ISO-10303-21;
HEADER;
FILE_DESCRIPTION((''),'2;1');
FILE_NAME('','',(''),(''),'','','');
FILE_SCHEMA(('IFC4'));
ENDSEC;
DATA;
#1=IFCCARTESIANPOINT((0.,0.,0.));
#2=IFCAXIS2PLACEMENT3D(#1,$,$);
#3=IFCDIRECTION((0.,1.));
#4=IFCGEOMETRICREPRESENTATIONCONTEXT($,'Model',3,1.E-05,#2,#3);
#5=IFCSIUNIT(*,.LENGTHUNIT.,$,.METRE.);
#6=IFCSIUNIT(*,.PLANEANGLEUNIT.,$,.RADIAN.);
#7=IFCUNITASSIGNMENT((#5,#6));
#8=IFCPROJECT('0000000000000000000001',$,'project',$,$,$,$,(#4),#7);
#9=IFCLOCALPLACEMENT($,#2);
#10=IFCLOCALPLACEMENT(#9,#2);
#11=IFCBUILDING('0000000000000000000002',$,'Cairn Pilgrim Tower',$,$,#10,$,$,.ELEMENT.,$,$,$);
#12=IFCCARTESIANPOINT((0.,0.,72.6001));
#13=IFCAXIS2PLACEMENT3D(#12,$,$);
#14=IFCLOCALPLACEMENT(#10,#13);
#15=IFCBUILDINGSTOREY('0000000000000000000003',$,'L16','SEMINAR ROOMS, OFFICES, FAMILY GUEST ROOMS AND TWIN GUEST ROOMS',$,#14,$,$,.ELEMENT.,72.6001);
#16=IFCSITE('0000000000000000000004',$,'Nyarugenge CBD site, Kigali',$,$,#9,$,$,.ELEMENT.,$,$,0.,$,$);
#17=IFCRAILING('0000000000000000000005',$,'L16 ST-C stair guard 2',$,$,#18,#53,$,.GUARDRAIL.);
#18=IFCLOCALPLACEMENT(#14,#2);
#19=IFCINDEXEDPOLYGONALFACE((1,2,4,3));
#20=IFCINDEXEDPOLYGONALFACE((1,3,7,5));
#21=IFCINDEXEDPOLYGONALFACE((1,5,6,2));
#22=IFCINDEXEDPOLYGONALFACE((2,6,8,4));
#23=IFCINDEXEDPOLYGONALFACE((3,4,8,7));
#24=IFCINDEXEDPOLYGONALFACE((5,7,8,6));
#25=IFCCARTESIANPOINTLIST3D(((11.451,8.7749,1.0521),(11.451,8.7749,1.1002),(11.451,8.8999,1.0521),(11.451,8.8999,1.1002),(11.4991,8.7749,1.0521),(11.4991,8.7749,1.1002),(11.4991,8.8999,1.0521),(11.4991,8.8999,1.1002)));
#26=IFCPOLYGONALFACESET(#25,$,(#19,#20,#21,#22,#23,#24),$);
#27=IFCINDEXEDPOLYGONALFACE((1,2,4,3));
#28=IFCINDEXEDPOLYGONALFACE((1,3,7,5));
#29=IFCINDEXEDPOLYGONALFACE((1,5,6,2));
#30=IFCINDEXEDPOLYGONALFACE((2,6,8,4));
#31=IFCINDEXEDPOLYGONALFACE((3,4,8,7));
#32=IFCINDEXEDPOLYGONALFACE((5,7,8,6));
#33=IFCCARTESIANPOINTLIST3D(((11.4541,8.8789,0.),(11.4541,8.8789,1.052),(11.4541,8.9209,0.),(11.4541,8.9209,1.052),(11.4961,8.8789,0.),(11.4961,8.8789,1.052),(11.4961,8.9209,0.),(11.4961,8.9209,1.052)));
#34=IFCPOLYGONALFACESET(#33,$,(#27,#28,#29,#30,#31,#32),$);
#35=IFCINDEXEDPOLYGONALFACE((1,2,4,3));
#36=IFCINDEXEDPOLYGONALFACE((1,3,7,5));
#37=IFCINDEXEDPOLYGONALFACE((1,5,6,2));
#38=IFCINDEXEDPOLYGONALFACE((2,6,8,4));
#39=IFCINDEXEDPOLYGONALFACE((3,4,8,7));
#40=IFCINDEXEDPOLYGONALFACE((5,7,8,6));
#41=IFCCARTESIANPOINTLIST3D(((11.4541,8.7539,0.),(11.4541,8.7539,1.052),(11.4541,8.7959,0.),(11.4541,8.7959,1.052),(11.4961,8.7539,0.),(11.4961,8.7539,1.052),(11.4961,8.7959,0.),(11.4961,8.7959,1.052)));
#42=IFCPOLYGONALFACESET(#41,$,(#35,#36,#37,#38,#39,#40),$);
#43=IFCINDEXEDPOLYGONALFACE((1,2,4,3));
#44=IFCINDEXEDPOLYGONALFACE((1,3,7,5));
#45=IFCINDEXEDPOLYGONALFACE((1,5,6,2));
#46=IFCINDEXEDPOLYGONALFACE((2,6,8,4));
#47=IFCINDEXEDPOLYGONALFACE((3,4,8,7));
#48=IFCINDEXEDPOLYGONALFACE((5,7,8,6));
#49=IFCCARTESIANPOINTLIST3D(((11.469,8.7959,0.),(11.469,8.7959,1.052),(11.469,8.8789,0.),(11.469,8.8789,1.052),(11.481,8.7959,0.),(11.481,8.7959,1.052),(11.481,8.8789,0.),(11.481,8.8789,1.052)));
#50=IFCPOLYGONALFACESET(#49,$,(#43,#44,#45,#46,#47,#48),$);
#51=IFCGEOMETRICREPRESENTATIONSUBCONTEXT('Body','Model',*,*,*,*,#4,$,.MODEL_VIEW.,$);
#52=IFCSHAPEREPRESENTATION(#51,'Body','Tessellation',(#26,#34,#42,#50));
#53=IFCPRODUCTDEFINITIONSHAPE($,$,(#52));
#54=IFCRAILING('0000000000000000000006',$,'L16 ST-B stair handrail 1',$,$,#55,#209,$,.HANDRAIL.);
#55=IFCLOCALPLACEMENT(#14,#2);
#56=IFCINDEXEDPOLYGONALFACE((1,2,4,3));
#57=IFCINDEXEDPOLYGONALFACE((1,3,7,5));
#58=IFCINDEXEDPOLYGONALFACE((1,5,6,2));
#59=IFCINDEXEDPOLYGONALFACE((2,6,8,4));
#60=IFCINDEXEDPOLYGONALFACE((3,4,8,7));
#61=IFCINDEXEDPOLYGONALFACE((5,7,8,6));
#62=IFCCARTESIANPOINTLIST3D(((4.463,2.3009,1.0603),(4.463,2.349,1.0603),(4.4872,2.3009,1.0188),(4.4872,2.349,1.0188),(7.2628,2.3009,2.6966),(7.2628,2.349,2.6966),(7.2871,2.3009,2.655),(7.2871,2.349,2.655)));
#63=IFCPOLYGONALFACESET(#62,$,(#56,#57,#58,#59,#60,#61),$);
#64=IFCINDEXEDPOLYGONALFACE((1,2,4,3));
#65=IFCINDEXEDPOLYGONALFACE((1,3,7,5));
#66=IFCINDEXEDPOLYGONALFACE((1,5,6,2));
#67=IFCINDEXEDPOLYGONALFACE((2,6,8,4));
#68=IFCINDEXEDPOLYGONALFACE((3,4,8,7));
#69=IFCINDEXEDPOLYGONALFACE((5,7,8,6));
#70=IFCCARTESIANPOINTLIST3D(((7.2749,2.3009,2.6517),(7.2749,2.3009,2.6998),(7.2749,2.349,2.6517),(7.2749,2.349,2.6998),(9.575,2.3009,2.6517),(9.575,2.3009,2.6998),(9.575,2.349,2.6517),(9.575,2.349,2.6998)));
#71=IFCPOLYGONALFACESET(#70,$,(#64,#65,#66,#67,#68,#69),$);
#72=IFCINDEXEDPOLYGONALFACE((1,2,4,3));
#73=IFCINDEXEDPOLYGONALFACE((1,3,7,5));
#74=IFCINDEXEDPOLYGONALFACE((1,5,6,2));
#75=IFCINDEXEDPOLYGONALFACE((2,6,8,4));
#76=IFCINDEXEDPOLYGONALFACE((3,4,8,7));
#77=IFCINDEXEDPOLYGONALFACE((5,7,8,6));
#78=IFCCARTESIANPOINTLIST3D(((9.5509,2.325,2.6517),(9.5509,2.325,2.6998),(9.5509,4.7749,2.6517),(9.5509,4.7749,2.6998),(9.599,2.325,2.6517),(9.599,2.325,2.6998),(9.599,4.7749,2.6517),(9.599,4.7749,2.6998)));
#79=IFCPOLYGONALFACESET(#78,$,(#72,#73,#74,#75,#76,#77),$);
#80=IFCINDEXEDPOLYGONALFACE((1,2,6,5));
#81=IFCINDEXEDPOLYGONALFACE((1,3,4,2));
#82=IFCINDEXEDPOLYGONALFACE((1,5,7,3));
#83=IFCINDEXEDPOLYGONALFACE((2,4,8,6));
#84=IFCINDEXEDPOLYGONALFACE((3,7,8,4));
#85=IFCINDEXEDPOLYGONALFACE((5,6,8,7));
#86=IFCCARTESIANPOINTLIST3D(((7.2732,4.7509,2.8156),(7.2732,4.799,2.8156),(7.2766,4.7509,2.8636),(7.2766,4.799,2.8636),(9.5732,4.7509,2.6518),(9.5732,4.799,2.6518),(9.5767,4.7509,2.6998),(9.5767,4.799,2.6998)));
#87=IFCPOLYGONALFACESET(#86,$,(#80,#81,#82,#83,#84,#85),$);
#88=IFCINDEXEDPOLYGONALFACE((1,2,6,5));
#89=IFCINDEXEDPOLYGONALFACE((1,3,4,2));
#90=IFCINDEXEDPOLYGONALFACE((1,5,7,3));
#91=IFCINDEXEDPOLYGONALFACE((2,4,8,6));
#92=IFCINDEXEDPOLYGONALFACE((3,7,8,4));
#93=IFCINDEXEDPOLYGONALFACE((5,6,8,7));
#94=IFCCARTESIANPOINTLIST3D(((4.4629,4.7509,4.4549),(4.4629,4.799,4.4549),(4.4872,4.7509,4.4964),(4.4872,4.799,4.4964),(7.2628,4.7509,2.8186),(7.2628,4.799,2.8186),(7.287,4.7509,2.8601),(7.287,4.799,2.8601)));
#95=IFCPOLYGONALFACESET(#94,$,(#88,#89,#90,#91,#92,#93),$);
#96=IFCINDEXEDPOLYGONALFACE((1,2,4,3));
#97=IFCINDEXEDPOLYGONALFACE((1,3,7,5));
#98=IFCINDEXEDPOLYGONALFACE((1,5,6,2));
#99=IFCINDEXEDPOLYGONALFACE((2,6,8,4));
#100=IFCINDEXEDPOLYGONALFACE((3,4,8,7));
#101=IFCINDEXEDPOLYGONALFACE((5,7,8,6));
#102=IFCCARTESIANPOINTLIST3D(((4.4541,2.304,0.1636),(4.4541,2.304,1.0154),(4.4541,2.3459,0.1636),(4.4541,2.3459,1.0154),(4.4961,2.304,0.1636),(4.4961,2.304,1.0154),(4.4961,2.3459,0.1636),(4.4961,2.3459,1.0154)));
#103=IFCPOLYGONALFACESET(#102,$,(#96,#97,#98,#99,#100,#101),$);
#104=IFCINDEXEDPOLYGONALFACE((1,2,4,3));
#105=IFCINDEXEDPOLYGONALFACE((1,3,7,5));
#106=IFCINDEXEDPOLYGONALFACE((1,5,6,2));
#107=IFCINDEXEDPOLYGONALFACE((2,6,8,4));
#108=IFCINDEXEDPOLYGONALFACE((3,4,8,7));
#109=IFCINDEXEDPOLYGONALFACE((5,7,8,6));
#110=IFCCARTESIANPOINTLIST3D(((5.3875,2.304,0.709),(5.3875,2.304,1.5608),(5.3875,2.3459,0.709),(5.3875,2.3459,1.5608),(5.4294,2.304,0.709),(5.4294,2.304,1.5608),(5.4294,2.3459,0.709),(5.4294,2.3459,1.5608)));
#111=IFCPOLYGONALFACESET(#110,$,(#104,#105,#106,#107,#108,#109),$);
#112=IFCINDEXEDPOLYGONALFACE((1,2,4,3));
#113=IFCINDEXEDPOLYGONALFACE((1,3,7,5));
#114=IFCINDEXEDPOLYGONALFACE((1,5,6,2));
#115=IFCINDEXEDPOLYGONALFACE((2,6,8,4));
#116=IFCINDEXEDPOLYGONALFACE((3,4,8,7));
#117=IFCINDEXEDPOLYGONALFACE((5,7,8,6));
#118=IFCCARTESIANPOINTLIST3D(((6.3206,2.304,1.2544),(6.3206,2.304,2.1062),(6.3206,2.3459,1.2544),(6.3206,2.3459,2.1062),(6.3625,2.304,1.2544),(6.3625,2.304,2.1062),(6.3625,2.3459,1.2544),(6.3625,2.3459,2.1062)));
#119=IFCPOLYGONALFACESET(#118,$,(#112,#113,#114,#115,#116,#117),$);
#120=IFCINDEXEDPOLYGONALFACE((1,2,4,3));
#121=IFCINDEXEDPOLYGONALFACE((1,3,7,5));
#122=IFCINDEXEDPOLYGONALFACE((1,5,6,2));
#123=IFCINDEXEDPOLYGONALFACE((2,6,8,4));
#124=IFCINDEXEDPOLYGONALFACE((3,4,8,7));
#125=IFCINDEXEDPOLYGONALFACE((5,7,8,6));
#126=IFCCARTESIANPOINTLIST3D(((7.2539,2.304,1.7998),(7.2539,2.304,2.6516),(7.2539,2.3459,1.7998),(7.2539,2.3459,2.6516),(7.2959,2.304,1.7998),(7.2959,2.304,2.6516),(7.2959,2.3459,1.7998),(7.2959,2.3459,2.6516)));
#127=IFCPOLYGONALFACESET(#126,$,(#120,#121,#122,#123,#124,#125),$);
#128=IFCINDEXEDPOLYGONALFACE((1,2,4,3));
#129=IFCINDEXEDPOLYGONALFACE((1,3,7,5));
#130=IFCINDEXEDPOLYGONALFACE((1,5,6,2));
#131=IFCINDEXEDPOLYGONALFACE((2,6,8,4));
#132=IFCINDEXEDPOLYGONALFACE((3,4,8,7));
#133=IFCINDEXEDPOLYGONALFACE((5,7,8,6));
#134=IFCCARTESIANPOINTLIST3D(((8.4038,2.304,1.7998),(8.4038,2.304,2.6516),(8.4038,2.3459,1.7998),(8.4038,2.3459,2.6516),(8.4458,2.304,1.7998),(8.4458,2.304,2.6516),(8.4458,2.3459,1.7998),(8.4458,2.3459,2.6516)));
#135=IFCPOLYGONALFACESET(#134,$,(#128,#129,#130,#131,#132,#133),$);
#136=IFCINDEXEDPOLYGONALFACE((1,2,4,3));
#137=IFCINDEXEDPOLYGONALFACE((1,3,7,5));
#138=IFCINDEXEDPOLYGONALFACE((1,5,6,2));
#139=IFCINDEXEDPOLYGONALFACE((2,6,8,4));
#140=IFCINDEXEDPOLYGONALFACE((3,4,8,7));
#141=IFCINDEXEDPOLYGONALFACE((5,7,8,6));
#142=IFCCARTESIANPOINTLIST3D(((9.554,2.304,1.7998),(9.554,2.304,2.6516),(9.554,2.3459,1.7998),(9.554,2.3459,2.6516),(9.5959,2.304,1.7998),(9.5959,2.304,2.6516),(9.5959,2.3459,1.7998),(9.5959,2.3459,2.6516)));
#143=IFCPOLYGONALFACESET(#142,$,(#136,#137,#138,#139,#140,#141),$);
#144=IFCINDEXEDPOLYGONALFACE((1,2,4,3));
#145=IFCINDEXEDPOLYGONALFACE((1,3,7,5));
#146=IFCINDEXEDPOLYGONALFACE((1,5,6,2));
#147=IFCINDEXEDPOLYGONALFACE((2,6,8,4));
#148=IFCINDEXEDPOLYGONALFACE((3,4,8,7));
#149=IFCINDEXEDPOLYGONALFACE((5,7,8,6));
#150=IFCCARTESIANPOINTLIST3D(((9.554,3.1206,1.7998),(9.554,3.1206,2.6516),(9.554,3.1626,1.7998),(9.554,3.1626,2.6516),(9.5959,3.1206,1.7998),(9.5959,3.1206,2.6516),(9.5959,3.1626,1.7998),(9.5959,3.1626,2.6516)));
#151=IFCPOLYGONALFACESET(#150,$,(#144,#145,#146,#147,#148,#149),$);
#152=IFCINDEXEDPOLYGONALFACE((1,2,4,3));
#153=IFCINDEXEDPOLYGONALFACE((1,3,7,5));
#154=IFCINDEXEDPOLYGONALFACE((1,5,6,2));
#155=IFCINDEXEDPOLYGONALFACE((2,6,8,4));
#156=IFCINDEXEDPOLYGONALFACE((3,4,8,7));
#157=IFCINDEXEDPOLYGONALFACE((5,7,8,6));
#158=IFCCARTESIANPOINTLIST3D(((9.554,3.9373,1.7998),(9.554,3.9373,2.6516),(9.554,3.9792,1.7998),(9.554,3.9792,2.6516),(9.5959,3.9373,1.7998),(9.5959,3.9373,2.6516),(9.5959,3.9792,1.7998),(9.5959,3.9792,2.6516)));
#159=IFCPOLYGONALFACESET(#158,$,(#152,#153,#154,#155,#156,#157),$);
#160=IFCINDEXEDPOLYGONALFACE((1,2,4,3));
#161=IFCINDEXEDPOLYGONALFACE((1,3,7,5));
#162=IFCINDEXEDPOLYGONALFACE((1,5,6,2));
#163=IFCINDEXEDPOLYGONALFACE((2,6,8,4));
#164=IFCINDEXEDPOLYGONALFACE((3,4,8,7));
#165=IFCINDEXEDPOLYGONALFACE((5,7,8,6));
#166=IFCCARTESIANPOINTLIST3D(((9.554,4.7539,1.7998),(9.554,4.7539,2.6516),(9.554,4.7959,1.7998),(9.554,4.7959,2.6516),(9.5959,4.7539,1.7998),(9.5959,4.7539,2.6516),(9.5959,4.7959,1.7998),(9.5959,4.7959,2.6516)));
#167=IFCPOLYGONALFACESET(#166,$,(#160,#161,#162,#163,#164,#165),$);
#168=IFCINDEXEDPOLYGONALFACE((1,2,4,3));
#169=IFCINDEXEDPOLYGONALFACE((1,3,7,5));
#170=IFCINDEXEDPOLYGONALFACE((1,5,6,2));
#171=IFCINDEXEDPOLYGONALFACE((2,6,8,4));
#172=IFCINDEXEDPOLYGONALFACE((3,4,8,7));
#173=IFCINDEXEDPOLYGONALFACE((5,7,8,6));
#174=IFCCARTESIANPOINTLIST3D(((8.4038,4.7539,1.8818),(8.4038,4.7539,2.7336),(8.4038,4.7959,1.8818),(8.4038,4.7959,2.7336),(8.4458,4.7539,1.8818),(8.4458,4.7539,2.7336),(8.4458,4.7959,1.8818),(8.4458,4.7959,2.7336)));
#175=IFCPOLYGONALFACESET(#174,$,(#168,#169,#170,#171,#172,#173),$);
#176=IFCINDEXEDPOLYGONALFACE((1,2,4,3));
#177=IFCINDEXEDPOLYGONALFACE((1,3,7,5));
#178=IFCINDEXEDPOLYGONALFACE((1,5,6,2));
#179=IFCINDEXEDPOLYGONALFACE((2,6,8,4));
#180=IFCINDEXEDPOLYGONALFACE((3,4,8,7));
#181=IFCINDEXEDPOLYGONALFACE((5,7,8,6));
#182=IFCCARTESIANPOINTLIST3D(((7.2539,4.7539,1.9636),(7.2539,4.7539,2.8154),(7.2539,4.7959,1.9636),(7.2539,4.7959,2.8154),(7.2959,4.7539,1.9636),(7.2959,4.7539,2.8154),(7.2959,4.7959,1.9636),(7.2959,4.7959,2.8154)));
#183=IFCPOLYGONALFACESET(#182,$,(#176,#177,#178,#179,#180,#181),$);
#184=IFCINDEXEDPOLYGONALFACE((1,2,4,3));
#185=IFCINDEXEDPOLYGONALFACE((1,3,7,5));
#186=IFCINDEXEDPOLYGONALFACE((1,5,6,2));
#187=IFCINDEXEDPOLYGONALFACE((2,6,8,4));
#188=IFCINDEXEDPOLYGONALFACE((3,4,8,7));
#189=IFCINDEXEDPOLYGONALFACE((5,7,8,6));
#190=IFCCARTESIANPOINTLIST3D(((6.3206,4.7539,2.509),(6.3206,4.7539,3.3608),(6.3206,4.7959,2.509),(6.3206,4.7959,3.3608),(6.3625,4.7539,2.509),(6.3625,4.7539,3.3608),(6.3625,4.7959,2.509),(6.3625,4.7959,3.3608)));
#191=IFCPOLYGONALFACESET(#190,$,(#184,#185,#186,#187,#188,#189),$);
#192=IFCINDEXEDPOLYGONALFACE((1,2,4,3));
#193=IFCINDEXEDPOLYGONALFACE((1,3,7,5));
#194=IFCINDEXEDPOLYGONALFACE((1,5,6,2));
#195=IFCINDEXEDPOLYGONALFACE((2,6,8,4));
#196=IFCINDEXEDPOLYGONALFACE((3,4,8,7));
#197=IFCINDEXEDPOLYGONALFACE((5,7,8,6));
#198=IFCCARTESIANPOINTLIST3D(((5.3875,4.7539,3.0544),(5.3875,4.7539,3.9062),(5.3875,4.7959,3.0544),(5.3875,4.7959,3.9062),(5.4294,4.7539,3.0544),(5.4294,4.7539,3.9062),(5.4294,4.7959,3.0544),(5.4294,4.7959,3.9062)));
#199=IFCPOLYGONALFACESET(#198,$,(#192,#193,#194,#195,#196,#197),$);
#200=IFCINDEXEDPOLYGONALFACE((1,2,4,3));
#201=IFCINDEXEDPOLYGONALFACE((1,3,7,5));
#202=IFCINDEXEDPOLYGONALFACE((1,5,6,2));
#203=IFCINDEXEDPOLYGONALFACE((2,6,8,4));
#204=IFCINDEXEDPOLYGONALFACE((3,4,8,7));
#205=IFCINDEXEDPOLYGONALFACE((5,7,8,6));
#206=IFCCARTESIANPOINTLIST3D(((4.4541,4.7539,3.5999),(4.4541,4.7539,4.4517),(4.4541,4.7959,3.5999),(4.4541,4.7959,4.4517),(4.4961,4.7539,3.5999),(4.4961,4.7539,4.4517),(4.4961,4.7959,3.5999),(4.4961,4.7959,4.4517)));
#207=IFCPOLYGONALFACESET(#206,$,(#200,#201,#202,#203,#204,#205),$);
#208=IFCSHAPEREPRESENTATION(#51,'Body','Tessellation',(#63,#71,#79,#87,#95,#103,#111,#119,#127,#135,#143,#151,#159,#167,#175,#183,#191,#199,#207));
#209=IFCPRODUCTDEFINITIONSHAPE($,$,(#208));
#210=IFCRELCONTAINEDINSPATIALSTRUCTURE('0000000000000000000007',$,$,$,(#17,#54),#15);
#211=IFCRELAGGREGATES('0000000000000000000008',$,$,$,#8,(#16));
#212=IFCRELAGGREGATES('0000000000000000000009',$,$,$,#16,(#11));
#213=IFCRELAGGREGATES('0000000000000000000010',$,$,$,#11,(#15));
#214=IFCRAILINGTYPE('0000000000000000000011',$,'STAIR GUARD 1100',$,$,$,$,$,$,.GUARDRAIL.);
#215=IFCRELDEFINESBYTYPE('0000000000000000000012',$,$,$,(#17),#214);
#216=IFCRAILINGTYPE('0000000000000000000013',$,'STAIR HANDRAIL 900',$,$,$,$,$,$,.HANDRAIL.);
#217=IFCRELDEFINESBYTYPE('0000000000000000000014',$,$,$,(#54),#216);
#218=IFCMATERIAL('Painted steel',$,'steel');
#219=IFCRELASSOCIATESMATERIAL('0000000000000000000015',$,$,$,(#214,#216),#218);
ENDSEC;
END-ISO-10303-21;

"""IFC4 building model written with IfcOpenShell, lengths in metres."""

from ifc_helpers import new_model, si_unit, direction, frame, origin, origin_2d, place, context, subcontext, project, spatial, polyline, rectangle, outline, extrude, material, type_object, element, save


model = new_model("IFC4")

# Units and contexts
model_context = context("Model", 3, precision=1e-05, world=origin(), true_north=direction((0.0, 1.0)))
body_context = subcontext(model_context, "Body", "Model", "MODEL_VIEW")
ifc_project = project(units=[si_unit("LENGTHUNIT", "METRE"), si_unit("PLANEANGLEUNIT", "RADIAN")], contexts=[model_context])

# Site, building, storey
site_placement = place(None, origin())
site = spatial("IfcSite", under=ifc_project, at=site_placement, Name="Nyarugenge CBD site, Kigali", CompositionType="ELEMENT", RefElevation=0.0)
building_placement = place(site_placement, origin())
building = spatial("IfcBuilding", under=site, at=building_placement, Name="Cairn Pilgrim Tower", CompositionType="ELEMENT")
storey_placement = place(building_placement, frame((0.0, 0.0, 72.6001)))
storey = spatial("IfcBuildingStorey", under=building, at=storey_placement, Name="L16", Description="SEMINAR ROOMS, OFFICES, FAMILY GUEST ROOMS AND TWIN GUEST ROOMS", CompositionType="ELEMENT", Elevation=72.6001)

# Shared definitions
ifc_material_1 = material(Name="Painted steel", Category="steel")

# Railings
railing_type_1 = type_object("IfcRailingType", Name="STAIR GUARD 1100", PredefinedType="GUARDRAIL", material=ifc_material_1)
railing_1_placement = place(storey_placement, frame((11.4751, 8.8999, 0.0)))
element("IfcRailing", 1, at=railing_1_placement, inside=storey, type_object=railing_type_1, Name="L16 ST-C stair guard 2", PredefinedType="GUARDRAIL", context=body_context, shape_type="SweptSolid", body=[
    extrude(rectangle(XDim=0.0481, YDim=0.0481, at=origin_2d()), frame((0.0, 0.0, 1.0762), z_axis=(0.0, -1.0, 0.0), x_axis=(1.0, 0.0, 0.0)), (0.0, 0.0, 1.0), 0.125),
    extrude(rectangle(XDim=0.042, YDim=0.042, at=origin_2d()), origin(), (0.0, 0.0, 1.0), 1.052),
    extrude(rectangle(XDim=0.042, YDim=0.042, at=origin_2d()), frame((0.0, -0.125, 0.0)), (0.0, 0.0, 1.0), 1.052),
    extrude(outline(polyline([(0.021, 0.0), (0.104, 0.0), (0.104, 1.052), (0.021, 1.052), (0.021, 0.0)])), frame((0.0059, 0.0, 0.0), z_axis=(-1.0, 0.0, 0.0), x_axis=(0.0, -1.0, 0.0)), (0.0, 0.0, 1.0), 0.012),
])
railing_type_2 = type_object("IfcRailingType", Name="STAIR HANDRAIL 900", PredefinedType="HANDRAIL", material=ifc_material_1)
railing_2_placement = place(storey_placement, frame((4.4751, 2.325, 0.1636)))
element("IfcRailing", 2, at=railing_2_placement, inside=storey, type_object=railing_type_2, Name="L16 ST-B stair handrail 1", PredefinedType="HANDRAIL", context=body_context, shape_type="SweptSolid", body=[
    extrude(rectangle(XDim=0.0481, YDim=0.0481, at=origin_2d()), frame((0.0, 0.0, 0.876), z_axis=(0.863374, 0.0, 0.504564), x_axis=(0.0, 1.0, 0.0)), (0.0, 0.0, 1.0), 3.2429),
    extrude(rectangle(XDim=0.0481, YDim=0.0481, at=origin_2d()), frame((2.7998, 0.0, 2.5122), z_axis=(1.0, 0.0, 0.0), x_axis=(0.0, 1.0, 0.0)), (0.0, 0.0, 1.0), 2.3),
    extrude(rectangle(XDim=0.0481, YDim=0.0481, at=origin_2d()), frame((5.0999, 0.0, 2.5122), z_axis=(0.0, 1.0, 0.0), x_axis=(-1.0, 0.0, 0.0)), (0.0, 0.0, 1.0), 2.45),
    extrude(rectangle(XDim=0.0481, YDim=0.0481, at=origin_2d()), frame((5.0999, 2.45, 2.5122), z_axis=(-0.997473, 0.0, 0.071044), x_axis=(0.0, -1.0, 0.0)), (0.0, 0.0, 1.0), 2.3059),
    extrude(rectangle(XDim=0.0481, YDim=0.0481, at=origin_2d()), frame((2.7998, 2.45, 2.6758), z_axis=(-0.863374, 0.0, 0.504564), x_axis=(0.0, -1.0, 0.0)), (0.0, 0.0, 1.0), 3.2429),
    extrude(rectangle(XDim=0.042, YDim=0.042, at=origin_2d()), origin(), (0.0, 0.0, 1.0), 0.8518),
    extrude(rectangle(XDim=0.042, YDim=0.042, at=origin_2d()), frame((0.9333, 0.0, 0.5454)), (0.0, 0.0, 1.0), 0.8518),
    extrude(rectangle(XDim=0.042, YDim=0.042, at=origin_2d()), frame((1.8665, 0.0, 1.0908)), (0.0, 0.0, 1.0), 0.8518),
    extrude(rectangle(XDim=0.042, YDim=0.042, at=origin_2d()), frame((2.7998, 0.0, 1.6362)), (0.0, 0.0, 1.0), 0.8518),
    extrude(rectangle(XDim=0.042, YDim=0.042, at=origin_2d()), frame((3.9497, 0.0, 1.6362)), (0.0, 0.0, 1.0), 0.8518),
    extrude(rectangle(XDim=0.042, YDim=0.042, at=origin_2d()), frame((5.0999, 0.0, 1.6362)), (0.0, 0.0, 1.0), 0.8518),
    extrude(rectangle(XDim=0.042, YDim=0.042, at=origin_2d()), frame((5.0999, 0.8167, 1.6362)), (0.0, 0.0, 1.0), 0.8518),
    extrude(rectangle(XDim=0.042, YDim=0.042, at=origin_2d()), frame((5.0999, 1.6333, 1.6362)), (0.0, 0.0, 1.0), 0.8518),
    extrude(rectangle(XDim=0.042, YDim=0.042, at=origin_2d()), frame((5.0999, 2.45, 1.6362)), (0.0, 0.0, 1.0), 0.8518),
    extrude(rectangle(XDim=0.042, YDim=0.042, at=origin_2d()), frame((3.9497, 2.45, 1.7183)), (0.0, 0.0, 1.0), 0.8518),
    extrude(rectangle(XDim=0.042, YDim=0.042, at=origin_2d()), frame((2.7998, 2.45, 1.8)), (0.0, 0.0, 1.0), 0.8518),
    extrude(rectangle(XDim=0.042, YDim=0.042, at=origin_2d()), frame((1.8665, 2.45, 2.3455)), (0.0, 0.0, 1.0), 0.8518),
    extrude(rectangle(XDim=0.042, YDim=0.042, at=origin_2d()), frame((0.9333, 2.45, 2.8909)), (0.0, 0.0, 1.0), 0.8518),
    extrude(rectangle(XDim=0.042, YDim=0.042, at=origin_2d()), frame((0.0, 2.45, 3.4363)), (0.0, 0.0, 1.0), 0.8518),
])

save(model, "model.ifc")
